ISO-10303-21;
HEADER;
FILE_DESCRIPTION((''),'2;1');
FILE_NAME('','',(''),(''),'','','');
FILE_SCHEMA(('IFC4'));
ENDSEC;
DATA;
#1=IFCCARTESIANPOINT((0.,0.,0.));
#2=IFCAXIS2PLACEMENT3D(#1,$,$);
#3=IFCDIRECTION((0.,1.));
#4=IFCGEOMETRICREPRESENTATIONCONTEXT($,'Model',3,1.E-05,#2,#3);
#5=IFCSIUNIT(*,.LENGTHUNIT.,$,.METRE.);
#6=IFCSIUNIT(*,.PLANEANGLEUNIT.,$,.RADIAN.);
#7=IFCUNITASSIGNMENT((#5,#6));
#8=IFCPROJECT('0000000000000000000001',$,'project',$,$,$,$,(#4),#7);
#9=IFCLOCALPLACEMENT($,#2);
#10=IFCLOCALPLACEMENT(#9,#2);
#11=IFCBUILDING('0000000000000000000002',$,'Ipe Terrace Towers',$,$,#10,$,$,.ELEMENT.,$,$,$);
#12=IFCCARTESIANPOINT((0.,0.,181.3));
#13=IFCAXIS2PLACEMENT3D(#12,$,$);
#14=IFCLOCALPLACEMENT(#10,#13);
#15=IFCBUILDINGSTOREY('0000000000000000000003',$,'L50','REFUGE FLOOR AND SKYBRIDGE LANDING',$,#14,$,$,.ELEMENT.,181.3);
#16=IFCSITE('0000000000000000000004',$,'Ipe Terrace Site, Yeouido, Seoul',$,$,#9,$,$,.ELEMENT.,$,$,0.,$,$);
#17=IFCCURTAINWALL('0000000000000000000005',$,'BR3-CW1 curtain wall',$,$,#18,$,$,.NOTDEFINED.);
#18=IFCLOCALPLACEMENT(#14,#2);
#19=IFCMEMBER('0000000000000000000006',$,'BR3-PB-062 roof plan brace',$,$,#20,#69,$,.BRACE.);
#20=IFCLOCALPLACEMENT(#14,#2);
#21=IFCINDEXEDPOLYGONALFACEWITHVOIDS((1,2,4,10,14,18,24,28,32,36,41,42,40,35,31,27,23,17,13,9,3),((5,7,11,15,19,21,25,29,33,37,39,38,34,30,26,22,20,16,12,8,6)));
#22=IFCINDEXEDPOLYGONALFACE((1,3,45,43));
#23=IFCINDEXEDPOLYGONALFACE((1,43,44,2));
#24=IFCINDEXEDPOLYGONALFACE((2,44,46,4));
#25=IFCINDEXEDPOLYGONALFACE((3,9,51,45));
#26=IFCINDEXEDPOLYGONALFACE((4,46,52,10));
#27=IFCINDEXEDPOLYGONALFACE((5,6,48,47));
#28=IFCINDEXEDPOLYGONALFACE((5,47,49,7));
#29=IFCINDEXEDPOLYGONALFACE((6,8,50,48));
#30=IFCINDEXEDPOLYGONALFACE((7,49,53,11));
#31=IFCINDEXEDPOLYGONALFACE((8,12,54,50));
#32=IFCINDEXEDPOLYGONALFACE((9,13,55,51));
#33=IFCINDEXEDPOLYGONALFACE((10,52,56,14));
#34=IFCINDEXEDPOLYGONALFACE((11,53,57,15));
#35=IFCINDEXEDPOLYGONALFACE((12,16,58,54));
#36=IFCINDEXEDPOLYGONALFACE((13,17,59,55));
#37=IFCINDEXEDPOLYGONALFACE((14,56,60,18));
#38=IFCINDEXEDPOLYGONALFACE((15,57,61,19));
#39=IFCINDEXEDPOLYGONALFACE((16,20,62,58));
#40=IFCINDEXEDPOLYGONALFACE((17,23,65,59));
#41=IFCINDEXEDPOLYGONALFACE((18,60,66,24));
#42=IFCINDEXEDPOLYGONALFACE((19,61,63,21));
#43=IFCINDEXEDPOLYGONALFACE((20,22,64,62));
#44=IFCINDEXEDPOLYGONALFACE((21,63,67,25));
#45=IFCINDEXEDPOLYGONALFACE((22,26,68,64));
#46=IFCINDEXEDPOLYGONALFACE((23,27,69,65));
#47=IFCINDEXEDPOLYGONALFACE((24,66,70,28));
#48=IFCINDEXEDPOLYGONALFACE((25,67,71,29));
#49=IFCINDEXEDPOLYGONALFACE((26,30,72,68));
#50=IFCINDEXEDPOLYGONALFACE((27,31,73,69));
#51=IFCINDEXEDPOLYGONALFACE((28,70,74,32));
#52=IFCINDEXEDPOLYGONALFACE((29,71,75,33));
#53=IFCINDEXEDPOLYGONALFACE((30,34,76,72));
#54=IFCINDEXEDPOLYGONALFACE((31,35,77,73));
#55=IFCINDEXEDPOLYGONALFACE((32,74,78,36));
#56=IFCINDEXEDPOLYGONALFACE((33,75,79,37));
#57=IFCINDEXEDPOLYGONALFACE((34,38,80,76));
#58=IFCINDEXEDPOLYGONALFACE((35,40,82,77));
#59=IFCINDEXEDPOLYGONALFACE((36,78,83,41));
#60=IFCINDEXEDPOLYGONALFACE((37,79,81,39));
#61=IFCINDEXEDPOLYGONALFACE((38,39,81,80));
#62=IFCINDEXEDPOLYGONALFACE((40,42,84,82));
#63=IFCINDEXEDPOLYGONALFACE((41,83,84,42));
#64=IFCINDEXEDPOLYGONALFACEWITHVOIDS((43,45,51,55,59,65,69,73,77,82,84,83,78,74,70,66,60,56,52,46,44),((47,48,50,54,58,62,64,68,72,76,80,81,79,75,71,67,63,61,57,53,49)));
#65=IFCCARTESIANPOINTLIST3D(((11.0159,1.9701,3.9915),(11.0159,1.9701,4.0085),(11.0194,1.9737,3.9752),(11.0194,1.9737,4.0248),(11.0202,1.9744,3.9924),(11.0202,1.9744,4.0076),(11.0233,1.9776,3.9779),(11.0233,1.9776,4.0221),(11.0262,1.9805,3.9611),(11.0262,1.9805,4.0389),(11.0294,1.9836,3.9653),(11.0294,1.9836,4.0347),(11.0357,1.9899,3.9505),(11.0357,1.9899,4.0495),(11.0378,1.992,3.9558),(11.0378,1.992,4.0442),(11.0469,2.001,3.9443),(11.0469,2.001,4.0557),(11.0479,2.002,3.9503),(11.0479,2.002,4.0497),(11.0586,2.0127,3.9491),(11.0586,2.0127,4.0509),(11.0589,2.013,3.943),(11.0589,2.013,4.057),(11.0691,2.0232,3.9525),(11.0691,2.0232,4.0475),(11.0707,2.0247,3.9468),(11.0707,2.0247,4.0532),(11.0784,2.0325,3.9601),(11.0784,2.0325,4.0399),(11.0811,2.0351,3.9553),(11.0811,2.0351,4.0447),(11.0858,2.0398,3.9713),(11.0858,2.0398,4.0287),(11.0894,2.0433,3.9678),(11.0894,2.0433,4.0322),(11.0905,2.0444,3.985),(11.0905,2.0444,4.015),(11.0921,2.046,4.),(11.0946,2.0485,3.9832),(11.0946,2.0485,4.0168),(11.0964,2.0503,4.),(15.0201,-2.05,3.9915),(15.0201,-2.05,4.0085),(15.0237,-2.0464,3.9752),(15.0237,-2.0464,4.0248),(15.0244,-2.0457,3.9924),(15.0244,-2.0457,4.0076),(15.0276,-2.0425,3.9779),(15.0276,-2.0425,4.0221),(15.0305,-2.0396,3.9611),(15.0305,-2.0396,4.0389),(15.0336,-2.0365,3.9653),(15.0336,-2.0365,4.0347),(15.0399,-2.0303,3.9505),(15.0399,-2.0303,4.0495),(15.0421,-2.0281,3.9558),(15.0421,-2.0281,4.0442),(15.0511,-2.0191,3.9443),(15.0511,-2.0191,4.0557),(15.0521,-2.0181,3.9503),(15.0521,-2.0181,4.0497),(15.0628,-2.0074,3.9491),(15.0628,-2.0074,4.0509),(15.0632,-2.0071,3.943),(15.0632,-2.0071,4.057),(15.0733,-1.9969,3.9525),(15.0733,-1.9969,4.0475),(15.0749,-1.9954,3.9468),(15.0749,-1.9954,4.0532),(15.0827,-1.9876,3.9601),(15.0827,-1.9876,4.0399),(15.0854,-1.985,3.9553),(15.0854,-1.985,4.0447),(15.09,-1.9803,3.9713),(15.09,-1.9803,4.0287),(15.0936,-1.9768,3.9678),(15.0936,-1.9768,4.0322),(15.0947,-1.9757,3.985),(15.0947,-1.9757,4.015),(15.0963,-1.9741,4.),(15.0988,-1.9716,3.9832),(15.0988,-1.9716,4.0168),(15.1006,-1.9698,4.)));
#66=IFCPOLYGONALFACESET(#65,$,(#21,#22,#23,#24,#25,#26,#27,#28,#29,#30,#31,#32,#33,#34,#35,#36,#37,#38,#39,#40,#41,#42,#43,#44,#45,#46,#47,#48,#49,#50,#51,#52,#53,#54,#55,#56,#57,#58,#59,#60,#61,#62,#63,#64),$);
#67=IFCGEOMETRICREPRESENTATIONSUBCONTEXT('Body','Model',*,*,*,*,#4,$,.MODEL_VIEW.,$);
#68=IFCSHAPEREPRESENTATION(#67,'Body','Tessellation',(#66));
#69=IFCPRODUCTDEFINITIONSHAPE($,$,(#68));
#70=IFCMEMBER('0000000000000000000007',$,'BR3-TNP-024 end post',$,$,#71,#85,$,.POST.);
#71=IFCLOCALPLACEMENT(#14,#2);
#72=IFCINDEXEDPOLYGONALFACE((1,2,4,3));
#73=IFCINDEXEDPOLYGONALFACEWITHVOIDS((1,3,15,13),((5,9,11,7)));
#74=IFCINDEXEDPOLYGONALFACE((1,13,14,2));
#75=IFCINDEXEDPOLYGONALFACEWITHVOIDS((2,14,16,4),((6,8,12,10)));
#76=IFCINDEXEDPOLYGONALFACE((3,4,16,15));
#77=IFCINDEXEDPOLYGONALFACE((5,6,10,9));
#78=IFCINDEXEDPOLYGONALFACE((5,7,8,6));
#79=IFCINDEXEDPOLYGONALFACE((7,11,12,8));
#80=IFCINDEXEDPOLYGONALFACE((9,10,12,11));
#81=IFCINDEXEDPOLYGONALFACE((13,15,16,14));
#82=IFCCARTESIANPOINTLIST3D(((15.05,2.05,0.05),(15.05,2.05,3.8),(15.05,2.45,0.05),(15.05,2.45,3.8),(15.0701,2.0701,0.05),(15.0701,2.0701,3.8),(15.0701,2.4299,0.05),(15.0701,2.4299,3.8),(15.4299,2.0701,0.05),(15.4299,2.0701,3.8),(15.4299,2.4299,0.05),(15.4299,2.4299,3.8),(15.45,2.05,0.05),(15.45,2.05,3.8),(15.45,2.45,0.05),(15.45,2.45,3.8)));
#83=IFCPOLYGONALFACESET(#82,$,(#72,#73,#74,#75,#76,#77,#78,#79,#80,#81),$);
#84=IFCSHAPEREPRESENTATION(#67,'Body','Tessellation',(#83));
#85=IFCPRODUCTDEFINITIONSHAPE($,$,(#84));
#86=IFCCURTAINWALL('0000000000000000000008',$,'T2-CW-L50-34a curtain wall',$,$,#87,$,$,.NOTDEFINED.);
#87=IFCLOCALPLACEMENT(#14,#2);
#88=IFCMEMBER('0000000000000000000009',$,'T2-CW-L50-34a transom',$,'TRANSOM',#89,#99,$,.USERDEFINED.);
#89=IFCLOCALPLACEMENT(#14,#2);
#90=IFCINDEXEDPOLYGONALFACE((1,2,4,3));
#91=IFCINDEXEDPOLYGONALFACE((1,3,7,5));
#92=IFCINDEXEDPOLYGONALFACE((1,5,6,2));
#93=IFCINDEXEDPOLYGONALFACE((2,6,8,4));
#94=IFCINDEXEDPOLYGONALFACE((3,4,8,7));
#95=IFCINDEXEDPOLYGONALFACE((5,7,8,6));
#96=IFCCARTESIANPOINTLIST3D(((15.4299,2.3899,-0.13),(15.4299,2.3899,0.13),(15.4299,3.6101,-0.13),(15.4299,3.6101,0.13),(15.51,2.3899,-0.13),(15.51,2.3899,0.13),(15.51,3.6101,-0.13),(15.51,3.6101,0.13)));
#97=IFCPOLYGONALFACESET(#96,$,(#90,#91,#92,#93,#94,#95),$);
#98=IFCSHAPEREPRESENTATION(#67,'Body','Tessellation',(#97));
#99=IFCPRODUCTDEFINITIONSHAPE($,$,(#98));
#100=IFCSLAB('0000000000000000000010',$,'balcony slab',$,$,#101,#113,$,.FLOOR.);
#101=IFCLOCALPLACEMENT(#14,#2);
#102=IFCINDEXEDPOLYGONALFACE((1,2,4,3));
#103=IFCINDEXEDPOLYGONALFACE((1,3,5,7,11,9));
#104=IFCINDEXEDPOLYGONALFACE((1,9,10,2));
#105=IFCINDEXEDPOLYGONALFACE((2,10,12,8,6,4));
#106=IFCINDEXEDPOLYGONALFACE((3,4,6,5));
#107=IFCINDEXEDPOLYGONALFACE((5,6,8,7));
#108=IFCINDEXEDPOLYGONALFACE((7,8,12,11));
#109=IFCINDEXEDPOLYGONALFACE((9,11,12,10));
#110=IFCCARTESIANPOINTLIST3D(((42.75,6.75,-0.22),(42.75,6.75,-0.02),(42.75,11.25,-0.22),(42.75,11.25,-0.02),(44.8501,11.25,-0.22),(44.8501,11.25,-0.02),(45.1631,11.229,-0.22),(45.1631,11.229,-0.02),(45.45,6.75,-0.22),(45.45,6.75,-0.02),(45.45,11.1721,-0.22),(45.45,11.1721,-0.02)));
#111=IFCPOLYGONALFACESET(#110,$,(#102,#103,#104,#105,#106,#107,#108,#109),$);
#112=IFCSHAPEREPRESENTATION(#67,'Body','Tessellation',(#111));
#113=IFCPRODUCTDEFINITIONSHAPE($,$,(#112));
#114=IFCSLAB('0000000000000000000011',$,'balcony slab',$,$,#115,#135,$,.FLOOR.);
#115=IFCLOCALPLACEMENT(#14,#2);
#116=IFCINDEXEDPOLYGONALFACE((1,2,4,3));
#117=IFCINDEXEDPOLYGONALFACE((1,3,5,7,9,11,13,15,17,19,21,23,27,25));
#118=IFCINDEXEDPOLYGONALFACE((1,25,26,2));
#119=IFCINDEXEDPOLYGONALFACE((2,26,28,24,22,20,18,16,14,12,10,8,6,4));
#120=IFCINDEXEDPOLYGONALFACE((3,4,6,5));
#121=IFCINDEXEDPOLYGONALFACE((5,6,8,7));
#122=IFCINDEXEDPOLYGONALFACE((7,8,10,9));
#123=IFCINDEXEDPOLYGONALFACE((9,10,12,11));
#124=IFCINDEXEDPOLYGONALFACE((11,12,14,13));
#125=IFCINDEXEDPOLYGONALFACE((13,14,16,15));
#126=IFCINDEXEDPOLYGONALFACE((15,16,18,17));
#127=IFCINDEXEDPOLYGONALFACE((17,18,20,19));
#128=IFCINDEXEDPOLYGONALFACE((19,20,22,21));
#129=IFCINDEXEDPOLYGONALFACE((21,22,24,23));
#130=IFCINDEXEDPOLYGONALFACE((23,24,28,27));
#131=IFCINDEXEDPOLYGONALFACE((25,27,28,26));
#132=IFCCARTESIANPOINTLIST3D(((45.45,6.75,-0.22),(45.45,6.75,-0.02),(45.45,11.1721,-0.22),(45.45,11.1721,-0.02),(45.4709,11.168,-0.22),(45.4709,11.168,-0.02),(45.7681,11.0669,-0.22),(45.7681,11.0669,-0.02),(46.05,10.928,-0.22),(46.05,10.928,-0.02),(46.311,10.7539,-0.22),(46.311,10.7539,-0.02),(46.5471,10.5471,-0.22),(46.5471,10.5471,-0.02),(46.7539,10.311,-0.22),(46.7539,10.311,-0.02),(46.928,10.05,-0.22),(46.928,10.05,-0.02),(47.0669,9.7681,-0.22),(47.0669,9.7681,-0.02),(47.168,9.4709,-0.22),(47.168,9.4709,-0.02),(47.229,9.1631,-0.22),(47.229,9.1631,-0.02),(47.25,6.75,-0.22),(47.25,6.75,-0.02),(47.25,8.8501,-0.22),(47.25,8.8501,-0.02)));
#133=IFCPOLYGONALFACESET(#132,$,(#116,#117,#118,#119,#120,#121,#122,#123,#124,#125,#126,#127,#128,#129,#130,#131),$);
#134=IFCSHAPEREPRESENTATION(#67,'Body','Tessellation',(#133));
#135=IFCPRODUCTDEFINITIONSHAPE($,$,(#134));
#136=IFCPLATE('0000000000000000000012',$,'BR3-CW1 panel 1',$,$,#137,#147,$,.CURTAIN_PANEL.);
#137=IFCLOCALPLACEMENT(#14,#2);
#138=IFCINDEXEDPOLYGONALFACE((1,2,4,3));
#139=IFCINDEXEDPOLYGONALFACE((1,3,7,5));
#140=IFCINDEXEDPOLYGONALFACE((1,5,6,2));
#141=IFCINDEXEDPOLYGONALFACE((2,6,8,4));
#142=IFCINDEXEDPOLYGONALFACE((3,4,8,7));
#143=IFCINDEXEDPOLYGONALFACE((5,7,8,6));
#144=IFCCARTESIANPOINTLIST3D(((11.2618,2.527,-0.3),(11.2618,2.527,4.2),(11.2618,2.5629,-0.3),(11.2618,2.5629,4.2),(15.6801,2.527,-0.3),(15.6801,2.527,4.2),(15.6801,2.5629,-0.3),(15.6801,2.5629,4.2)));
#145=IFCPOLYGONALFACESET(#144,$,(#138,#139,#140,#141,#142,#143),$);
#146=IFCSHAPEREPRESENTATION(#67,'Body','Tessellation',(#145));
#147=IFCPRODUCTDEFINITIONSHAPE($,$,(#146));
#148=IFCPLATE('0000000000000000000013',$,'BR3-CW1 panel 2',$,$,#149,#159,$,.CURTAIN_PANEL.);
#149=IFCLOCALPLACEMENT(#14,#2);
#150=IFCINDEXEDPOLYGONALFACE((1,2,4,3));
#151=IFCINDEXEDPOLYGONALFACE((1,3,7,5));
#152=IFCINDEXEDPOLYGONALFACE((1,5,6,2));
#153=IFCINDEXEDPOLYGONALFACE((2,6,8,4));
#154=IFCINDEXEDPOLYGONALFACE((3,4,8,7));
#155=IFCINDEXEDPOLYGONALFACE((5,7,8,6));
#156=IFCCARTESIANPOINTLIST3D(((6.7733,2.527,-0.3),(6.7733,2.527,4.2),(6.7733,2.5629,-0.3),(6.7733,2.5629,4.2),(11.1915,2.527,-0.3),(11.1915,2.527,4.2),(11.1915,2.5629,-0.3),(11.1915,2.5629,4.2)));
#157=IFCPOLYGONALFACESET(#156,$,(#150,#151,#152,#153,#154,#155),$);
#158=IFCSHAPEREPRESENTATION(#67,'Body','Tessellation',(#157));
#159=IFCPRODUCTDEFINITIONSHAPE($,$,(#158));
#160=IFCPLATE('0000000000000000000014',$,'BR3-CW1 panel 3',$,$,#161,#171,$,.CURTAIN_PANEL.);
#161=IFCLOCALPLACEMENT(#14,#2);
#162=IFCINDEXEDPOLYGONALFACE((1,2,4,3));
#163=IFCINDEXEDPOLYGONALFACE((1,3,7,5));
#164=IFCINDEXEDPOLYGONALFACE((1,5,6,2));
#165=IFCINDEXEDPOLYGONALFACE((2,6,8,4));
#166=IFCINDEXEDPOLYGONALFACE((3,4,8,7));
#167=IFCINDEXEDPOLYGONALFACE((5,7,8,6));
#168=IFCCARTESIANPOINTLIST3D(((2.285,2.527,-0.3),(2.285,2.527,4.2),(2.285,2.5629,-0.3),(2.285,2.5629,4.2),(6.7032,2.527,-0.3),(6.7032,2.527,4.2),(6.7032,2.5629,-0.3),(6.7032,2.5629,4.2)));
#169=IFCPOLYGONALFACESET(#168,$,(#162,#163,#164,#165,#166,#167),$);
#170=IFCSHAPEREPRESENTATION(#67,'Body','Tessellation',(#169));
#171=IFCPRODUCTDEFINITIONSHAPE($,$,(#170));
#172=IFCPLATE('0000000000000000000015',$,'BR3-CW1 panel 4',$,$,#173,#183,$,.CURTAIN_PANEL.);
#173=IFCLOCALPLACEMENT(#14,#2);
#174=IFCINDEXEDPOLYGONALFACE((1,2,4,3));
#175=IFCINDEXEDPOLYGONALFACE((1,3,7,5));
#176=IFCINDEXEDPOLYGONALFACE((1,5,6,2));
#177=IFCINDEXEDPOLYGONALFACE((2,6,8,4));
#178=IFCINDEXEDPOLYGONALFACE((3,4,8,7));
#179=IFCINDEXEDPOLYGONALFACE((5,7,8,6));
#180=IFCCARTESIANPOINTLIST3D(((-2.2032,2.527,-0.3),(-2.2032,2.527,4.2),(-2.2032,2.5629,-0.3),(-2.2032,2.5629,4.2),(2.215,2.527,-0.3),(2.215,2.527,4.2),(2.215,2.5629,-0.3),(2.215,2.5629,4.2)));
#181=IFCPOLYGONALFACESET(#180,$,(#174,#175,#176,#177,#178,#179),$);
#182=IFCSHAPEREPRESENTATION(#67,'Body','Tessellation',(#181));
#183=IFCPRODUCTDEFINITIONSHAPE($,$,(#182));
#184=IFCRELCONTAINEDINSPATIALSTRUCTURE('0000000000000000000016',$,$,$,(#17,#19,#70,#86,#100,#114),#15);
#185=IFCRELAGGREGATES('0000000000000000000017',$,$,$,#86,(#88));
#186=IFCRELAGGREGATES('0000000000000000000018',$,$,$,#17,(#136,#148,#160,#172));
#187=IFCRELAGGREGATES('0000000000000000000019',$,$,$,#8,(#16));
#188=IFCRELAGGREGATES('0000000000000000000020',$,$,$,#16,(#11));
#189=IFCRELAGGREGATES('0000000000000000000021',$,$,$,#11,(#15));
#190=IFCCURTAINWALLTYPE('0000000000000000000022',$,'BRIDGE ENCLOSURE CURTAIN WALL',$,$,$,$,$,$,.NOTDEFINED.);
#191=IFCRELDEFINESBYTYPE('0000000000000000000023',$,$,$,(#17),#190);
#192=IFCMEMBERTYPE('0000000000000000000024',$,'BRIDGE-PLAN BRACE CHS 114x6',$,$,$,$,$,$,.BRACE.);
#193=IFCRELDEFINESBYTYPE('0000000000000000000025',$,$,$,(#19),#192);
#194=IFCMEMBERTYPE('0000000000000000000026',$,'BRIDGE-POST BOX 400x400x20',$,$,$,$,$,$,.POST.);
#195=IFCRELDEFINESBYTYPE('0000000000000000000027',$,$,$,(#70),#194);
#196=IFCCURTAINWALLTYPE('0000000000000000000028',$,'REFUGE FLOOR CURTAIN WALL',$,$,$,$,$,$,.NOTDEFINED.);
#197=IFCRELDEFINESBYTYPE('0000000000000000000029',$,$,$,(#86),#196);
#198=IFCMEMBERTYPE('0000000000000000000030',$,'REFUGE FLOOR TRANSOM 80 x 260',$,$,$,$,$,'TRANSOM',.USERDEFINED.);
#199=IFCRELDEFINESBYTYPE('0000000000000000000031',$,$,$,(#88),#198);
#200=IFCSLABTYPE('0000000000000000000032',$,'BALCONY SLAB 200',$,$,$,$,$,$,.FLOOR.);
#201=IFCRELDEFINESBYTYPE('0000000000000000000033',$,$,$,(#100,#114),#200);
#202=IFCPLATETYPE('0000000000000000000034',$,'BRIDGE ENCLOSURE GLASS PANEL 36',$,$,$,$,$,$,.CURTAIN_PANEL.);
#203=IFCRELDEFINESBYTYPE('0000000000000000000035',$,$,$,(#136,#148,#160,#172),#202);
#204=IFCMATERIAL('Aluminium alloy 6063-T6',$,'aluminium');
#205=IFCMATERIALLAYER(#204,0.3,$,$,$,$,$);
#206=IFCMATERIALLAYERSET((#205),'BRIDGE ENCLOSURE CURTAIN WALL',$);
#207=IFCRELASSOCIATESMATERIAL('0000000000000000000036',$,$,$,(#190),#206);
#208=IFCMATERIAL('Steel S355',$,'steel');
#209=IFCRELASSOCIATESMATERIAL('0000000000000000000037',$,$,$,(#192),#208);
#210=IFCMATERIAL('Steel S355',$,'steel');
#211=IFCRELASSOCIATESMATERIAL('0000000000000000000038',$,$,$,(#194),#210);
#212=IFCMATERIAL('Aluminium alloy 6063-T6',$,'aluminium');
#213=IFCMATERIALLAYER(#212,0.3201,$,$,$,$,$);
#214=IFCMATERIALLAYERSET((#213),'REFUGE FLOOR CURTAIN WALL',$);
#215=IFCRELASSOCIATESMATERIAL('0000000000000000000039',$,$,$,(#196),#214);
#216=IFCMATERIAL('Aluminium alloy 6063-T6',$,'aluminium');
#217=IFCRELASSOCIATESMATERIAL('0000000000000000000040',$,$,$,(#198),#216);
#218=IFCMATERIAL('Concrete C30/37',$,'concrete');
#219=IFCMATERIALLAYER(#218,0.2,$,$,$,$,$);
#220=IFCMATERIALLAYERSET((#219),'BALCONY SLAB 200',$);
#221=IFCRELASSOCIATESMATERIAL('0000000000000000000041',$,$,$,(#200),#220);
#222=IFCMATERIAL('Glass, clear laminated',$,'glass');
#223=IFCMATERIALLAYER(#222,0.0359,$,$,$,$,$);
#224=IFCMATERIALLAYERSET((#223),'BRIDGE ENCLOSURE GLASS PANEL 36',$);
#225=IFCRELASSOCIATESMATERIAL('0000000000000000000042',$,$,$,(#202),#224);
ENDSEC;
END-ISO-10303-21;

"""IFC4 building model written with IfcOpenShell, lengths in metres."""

from ifc_helpers import new_model, si_unit, direction, frame, origin, origin_2d, place, context, subcontext, project, spatial, polyline, rectangle, hollow_rectangle, hollow_circle, outline, extrude, material, layer, layer_set, material_profile, profile_set, type_object, element, aggregate, save


model = new_model("IFC4")

# Units and contexts
model_context = context("Model", 3, precision=1e-05, world=origin(), true_north=direction((0.0, 1.0)))
body_context = subcontext(model_context, "Body", "Model", "MODEL_VIEW")
ifc_project = project(units=[si_unit("LENGTHUNIT", "METRE"), si_unit("PLANEANGLEUNIT", "RADIAN")], contexts=[model_context])

# Site, building, storey
site_placement = place(None, origin())
site = spatial("IfcSite", under=ifc_project, at=site_placement, Name="Ipe Terrace Site, Yeouido, Seoul", CompositionType="ELEMENT", RefElevation=0.0)
building_placement = place(site_placement, origin())
building = spatial("IfcBuilding", under=site, at=building_placement, Name="Ipe Terrace Towers", CompositionType="ELEMENT")
storey_placement = place(building_placement, frame((0.0, 0.0, 181.3)))
storey = spatial("IfcBuildingStorey", under=building, at=storey_placement, Name="L50", Description="REFUGE FLOOR AND SKYBRIDGE LANDING", CompositionType="ELEMENT", Elevation=181.3)

# Curtain wall
ifc_material_1 = material(Name="Aluminium alloy 6063-T6", Category="aluminium")
ifc_layer_1 = layer(ifc_material_1, 0.3)
ifc_layer_set_1 = layer_set([ifc_layer_1], Name="BRIDGE ENCLOSURE CURTAIN WALL")
curtain_wall_type_1 = type_object("IfcCurtainWallType", Name="BRIDGE ENCLOSURE CURTAIN WALL", PredefinedType="NOTDEFINED", material=ifc_layer_set_1)
curtain_wall_1_placement = place(storey_placement, origin())
curtain_wall_1 = element("IfcCurtainWall", 1, at=curtain_wall_1_placement, inside=storey, type_object=curtain_wall_type_1, Name="BR3-CW1 curtain wall", PredefinedType="NOTDEFINED")

# Members
ifc_material_2 = material(Name="Steel S355", Category="steel")
ifc_material_profile_1 = material_profile(ifc_material_2, hollow_circle(Radius=0.0571, WallThickness=0.0061, at=origin_2d()), Name="BRIDGE-PLAN BRACE CHS 114x6")
ifc_profile_set_1 = profile_set([ifc_material_profile_1], Name="Steel S355")
member_type_1 = type_object("IfcMemberType", Name="BRIDGE-PLAN BRACE CHS 114x6", PredefinedType="BRACE", material=ifc_profile_set_1)
member_1_placement = place(storey_placement, frame((11.0559, 2.01, 4.0), z_axis=(0.705707, -0.708504, 0.0), x_axis=(0.708504, 0.705707, 0.0)))
element("IfcMember", 2, at=member_1_placement, inside=storey, type_object=member_type_1, Name="BR3-PB-062 roof plan brace", PredefinedType="BRACE", context=body_context, shape_type="SweptSolid", body=[
    extrude(hollow_circle(Radius=0.0571, WallThickness=0.0061, at=origin_2d()), origin(), (0.0, 0.0, 1.0), 5.6741),
])
ifc_material_3 = material(Name="Steel S355", Category="steel")
ifc_material_profile_2 = material_profile(ifc_material_3, hollow_rectangle(XDim=0.3999, YDim=0.3999, WallThickness=0.02, at=origin_2d()), Name="BRIDGE-POST BOX 400x400x20")
ifc_profile_set_2 = profile_set([ifc_material_profile_2], Name="Steel S355")
member_type_2 = type_object("IfcMemberType", Name="BRIDGE-POST BOX 400x400x20", PredefinedType="POST", material=ifc_profile_set_2)
member_2_placement = place(storey_placement, frame((15.25, 2.25, 0.05), z_axis=(0.0, 0.0, 1.0), x_axis=(1.0, 0.0, 0.0)))
element("IfcMember", 3, at=member_2_placement, inside=storey, type_object=member_type_2, Name="BR3-TNP-024 end post", PredefinedType="POST", context=body_context, shape_type="SweptSolid", body=[
    extrude(hollow_rectangle(XDim=0.3999, YDim=0.3999, WallThickness=0.02, at=origin_2d()), origin(), (0.0, 0.0, 1.0), 3.75),
])

# Curtain wall, member
ifc_material_4 = material(Name="Aluminium alloy 6063-T6", Category="aluminium")
ifc_layer_2 = layer(ifc_material_4, 0.3201)
ifc_layer_set_2 = layer_set([ifc_layer_2], Name="REFUGE FLOOR CURTAIN WALL")
curtain_wall_type_2 = type_object("IfcCurtainWallType", Name="REFUGE FLOOR CURTAIN WALL", PredefinedType="NOTDEFINED", material=ifc_layer_set_2)
curtain_wall_2_placement = place(storey_placement, origin())
curtain_wall_2 = element("IfcCurtainWall", 4, at=curtain_wall_2_placement, inside=storey, type_object=curtain_wall_type_2, Name="T2-CW-L50-34a curtain wall", PredefinedType="NOTDEFINED")
ifc_material_5 = material(Name="Aluminium alloy 6063-T6", Category="aluminium")
ifc_material_profile_3 = material_profile(ifc_material_5, rectangle(XDim=0.0801, YDim=0.26, at=origin_2d()), Name="REFUGE FLOOR TRANSOM 80 x 260")
ifc_profile_set_3 = profile_set([ifc_material_profile_3], Name="Aluminium alloy 6063-T6")
member_type_3 = type_object("IfcMemberType", Name="REFUGE FLOOR TRANSOM 80 x 260", ElementType="TRANSOM", PredefinedType="USERDEFINED", material=ifc_profile_set_3)
member_3_placement = place(storey_placement, frame((15.47, 3.6101, 0.0), z_axis=(0.0, -1.0, 0.0), x_axis=(-1.0, 0.0, 0.0)))
member_3 = element("IfcMember", 5, at=member_3_placement, type_object=member_type_3, Name="T2-CW-L50-34a transom", ObjectType="TRANSOM", PredefinedType="USERDEFINED", context=body_context, shape_type="SweptSolid", body=[
    extrude(rectangle(XDim=0.0801, YDim=0.26, at=origin_2d()), origin(), (0.0, 0.0, 1.0), 1.2202),
])
aggregate(curtain_wall_2, [member_3])

# Slabs
ifc_material_6 = material(Name="Concrete C30/37", Category="concrete")
ifc_layer_3 = layer(ifc_material_6, 0.2)
ifc_layer_set_3 = layer_set([ifc_layer_3], Name="BALCONY SLAB 200")
slab_type_1 = type_object("IfcSlabType", Name="BALCONY SLAB 200", PredefinedType="FLOOR", material=ifc_layer_set_3)
slab_1_placement = place(storey_placement, frame((0.0, 0.0, -0.22)))
element("IfcSlab", 6, at=slab_1_placement, inside=storey, type_object=slab_type_1, Name="balcony slab", PredefinedType="FLOOR", context=body_context, shape_type="SweptSolid", body=[
    extrude(outline(polyline([(45.1631, 11.229), (44.8501, 11.25), (42.75, 11.25), (42.75, 6.75), (45.45, 6.75), (45.45, 11.1721), (45.1631, 11.229)])), origin(), (0.0, 0.0, 1.0), 0.2),
])
slab_2_placement = place(storey_placement, frame((0.0, 0.0, -0.22)))
element("IfcSlab", 7, at=slab_2_placement, inside=storey, type_object=slab_type_1, Name="balcony slab", PredefinedType="FLOOR", context=body_context, shape_type="SweptSolid", body=[
    extrude(outline(polyline([(47.25, 6.75), (47.25, 8.8501), (47.229, 9.1631), (47.168, 9.4709), (47.0669, 9.7681), (46.928, 10.05), (46.7539, 10.311), (46.5471, 10.5471), (46.311, 10.7539), (46.05, 10.928), (45.7681, 11.0669), (45.4709, 11.168), (45.45, 11.1721), (45.45, 6.75), (47.25, 6.75)])), origin(), (0.0, 0.0, 1.0), 0.2),
])

# Plates
ifc_material_7 = material(Name="Glass, clear laminated", Category="glass")
ifc_layer_4 = layer(ifc_material_7, 0.0359)
ifc_layer_set_4 = layer_set([ifc_layer_4], Name="BRIDGE ENCLOSURE GLASS PANEL 36")
plate_type = type_object("IfcPlateType", Name="BRIDGE ENCLOSURE GLASS PANEL 36", PredefinedType="CURTAIN_PANEL", material=ifc_layer_set_4)
plate_1_placement = place(storey_placement, frame((13.4709, 2.5449, -0.3), z_axis=(0.0, 0.0, 1.0), x_axis=(-1.0, 0.0, 0.0)))
plate_1 = element("IfcPlate", 8, at=plate_1_placement, type_object=plate_type, Name="BR3-CW1 panel 1", PredefinedType="CURTAIN_PANEL", context=body_context, shape_type="SweptSolid", body=[
    extrude(rectangle(XDim=4.4182, YDim=0.0359, at=origin_2d()), origin(), (0.0, 0.0, 1.0), 4.5),
])
plate_2_placement = place(storey_placement, frame((8.9824, 2.5449, -0.3), z_axis=(0.0, 0.0, 1.0), x_axis=(-1.0, 0.0, 0.0)))
plate_2 = element("IfcPlate", 9, at=plate_2_placement, type_object=plate_type, Name="BR3-CW1 panel 2", PredefinedType="CURTAIN_PANEL", context=body_context, shape_type="SweptSolid", body=[
    extrude(rectangle(XDim=4.4182, YDim=0.0359, at=origin_2d()), origin(), (0.0, 0.0, 1.0), 4.5),
])
plate_3_placement = place(storey_placement, frame((4.4941, 2.5449, -0.3), z_axis=(0.0, 0.0, 1.0), x_axis=(-1.0, 0.0, 0.0)))
plate_3 = element("IfcPlate", 10, at=plate_3_placement, type_object=plate_type, Name="BR3-CW1 panel 3", PredefinedType="CURTAIN_PANEL", context=body_context, shape_type="SweptSolid", body=[
    extrude(rectangle(XDim=4.4182, YDim=0.0359, at=origin_2d()), origin(), (0.0, 0.0, 1.0), 4.5),
])
plate_4_placement = place(storey_placement, frame((0.0059, 2.5449, -0.3), z_axis=(0.0, 0.0, 1.0), x_axis=(-1.0, 0.0, 0.0)))
plate_4 = element("IfcPlate", 11, at=plate_4_placement, type_object=plate_type, Name="BR3-CW1 panel 4", PredefinedType="CURTAIN_PANEL", context=body_context, shape_type="SweptSolid", body=[
    extrude(rectangle(XDim=4.4182, YDim=0.0359, at=origin_2d()), origin(), (0.0, 0.0, 1.0), 4.5),
])
aggregate(curtain_wall_1, [plate_1, plate_2, plate_3, plate_4])

save(model, "model.ifc")
